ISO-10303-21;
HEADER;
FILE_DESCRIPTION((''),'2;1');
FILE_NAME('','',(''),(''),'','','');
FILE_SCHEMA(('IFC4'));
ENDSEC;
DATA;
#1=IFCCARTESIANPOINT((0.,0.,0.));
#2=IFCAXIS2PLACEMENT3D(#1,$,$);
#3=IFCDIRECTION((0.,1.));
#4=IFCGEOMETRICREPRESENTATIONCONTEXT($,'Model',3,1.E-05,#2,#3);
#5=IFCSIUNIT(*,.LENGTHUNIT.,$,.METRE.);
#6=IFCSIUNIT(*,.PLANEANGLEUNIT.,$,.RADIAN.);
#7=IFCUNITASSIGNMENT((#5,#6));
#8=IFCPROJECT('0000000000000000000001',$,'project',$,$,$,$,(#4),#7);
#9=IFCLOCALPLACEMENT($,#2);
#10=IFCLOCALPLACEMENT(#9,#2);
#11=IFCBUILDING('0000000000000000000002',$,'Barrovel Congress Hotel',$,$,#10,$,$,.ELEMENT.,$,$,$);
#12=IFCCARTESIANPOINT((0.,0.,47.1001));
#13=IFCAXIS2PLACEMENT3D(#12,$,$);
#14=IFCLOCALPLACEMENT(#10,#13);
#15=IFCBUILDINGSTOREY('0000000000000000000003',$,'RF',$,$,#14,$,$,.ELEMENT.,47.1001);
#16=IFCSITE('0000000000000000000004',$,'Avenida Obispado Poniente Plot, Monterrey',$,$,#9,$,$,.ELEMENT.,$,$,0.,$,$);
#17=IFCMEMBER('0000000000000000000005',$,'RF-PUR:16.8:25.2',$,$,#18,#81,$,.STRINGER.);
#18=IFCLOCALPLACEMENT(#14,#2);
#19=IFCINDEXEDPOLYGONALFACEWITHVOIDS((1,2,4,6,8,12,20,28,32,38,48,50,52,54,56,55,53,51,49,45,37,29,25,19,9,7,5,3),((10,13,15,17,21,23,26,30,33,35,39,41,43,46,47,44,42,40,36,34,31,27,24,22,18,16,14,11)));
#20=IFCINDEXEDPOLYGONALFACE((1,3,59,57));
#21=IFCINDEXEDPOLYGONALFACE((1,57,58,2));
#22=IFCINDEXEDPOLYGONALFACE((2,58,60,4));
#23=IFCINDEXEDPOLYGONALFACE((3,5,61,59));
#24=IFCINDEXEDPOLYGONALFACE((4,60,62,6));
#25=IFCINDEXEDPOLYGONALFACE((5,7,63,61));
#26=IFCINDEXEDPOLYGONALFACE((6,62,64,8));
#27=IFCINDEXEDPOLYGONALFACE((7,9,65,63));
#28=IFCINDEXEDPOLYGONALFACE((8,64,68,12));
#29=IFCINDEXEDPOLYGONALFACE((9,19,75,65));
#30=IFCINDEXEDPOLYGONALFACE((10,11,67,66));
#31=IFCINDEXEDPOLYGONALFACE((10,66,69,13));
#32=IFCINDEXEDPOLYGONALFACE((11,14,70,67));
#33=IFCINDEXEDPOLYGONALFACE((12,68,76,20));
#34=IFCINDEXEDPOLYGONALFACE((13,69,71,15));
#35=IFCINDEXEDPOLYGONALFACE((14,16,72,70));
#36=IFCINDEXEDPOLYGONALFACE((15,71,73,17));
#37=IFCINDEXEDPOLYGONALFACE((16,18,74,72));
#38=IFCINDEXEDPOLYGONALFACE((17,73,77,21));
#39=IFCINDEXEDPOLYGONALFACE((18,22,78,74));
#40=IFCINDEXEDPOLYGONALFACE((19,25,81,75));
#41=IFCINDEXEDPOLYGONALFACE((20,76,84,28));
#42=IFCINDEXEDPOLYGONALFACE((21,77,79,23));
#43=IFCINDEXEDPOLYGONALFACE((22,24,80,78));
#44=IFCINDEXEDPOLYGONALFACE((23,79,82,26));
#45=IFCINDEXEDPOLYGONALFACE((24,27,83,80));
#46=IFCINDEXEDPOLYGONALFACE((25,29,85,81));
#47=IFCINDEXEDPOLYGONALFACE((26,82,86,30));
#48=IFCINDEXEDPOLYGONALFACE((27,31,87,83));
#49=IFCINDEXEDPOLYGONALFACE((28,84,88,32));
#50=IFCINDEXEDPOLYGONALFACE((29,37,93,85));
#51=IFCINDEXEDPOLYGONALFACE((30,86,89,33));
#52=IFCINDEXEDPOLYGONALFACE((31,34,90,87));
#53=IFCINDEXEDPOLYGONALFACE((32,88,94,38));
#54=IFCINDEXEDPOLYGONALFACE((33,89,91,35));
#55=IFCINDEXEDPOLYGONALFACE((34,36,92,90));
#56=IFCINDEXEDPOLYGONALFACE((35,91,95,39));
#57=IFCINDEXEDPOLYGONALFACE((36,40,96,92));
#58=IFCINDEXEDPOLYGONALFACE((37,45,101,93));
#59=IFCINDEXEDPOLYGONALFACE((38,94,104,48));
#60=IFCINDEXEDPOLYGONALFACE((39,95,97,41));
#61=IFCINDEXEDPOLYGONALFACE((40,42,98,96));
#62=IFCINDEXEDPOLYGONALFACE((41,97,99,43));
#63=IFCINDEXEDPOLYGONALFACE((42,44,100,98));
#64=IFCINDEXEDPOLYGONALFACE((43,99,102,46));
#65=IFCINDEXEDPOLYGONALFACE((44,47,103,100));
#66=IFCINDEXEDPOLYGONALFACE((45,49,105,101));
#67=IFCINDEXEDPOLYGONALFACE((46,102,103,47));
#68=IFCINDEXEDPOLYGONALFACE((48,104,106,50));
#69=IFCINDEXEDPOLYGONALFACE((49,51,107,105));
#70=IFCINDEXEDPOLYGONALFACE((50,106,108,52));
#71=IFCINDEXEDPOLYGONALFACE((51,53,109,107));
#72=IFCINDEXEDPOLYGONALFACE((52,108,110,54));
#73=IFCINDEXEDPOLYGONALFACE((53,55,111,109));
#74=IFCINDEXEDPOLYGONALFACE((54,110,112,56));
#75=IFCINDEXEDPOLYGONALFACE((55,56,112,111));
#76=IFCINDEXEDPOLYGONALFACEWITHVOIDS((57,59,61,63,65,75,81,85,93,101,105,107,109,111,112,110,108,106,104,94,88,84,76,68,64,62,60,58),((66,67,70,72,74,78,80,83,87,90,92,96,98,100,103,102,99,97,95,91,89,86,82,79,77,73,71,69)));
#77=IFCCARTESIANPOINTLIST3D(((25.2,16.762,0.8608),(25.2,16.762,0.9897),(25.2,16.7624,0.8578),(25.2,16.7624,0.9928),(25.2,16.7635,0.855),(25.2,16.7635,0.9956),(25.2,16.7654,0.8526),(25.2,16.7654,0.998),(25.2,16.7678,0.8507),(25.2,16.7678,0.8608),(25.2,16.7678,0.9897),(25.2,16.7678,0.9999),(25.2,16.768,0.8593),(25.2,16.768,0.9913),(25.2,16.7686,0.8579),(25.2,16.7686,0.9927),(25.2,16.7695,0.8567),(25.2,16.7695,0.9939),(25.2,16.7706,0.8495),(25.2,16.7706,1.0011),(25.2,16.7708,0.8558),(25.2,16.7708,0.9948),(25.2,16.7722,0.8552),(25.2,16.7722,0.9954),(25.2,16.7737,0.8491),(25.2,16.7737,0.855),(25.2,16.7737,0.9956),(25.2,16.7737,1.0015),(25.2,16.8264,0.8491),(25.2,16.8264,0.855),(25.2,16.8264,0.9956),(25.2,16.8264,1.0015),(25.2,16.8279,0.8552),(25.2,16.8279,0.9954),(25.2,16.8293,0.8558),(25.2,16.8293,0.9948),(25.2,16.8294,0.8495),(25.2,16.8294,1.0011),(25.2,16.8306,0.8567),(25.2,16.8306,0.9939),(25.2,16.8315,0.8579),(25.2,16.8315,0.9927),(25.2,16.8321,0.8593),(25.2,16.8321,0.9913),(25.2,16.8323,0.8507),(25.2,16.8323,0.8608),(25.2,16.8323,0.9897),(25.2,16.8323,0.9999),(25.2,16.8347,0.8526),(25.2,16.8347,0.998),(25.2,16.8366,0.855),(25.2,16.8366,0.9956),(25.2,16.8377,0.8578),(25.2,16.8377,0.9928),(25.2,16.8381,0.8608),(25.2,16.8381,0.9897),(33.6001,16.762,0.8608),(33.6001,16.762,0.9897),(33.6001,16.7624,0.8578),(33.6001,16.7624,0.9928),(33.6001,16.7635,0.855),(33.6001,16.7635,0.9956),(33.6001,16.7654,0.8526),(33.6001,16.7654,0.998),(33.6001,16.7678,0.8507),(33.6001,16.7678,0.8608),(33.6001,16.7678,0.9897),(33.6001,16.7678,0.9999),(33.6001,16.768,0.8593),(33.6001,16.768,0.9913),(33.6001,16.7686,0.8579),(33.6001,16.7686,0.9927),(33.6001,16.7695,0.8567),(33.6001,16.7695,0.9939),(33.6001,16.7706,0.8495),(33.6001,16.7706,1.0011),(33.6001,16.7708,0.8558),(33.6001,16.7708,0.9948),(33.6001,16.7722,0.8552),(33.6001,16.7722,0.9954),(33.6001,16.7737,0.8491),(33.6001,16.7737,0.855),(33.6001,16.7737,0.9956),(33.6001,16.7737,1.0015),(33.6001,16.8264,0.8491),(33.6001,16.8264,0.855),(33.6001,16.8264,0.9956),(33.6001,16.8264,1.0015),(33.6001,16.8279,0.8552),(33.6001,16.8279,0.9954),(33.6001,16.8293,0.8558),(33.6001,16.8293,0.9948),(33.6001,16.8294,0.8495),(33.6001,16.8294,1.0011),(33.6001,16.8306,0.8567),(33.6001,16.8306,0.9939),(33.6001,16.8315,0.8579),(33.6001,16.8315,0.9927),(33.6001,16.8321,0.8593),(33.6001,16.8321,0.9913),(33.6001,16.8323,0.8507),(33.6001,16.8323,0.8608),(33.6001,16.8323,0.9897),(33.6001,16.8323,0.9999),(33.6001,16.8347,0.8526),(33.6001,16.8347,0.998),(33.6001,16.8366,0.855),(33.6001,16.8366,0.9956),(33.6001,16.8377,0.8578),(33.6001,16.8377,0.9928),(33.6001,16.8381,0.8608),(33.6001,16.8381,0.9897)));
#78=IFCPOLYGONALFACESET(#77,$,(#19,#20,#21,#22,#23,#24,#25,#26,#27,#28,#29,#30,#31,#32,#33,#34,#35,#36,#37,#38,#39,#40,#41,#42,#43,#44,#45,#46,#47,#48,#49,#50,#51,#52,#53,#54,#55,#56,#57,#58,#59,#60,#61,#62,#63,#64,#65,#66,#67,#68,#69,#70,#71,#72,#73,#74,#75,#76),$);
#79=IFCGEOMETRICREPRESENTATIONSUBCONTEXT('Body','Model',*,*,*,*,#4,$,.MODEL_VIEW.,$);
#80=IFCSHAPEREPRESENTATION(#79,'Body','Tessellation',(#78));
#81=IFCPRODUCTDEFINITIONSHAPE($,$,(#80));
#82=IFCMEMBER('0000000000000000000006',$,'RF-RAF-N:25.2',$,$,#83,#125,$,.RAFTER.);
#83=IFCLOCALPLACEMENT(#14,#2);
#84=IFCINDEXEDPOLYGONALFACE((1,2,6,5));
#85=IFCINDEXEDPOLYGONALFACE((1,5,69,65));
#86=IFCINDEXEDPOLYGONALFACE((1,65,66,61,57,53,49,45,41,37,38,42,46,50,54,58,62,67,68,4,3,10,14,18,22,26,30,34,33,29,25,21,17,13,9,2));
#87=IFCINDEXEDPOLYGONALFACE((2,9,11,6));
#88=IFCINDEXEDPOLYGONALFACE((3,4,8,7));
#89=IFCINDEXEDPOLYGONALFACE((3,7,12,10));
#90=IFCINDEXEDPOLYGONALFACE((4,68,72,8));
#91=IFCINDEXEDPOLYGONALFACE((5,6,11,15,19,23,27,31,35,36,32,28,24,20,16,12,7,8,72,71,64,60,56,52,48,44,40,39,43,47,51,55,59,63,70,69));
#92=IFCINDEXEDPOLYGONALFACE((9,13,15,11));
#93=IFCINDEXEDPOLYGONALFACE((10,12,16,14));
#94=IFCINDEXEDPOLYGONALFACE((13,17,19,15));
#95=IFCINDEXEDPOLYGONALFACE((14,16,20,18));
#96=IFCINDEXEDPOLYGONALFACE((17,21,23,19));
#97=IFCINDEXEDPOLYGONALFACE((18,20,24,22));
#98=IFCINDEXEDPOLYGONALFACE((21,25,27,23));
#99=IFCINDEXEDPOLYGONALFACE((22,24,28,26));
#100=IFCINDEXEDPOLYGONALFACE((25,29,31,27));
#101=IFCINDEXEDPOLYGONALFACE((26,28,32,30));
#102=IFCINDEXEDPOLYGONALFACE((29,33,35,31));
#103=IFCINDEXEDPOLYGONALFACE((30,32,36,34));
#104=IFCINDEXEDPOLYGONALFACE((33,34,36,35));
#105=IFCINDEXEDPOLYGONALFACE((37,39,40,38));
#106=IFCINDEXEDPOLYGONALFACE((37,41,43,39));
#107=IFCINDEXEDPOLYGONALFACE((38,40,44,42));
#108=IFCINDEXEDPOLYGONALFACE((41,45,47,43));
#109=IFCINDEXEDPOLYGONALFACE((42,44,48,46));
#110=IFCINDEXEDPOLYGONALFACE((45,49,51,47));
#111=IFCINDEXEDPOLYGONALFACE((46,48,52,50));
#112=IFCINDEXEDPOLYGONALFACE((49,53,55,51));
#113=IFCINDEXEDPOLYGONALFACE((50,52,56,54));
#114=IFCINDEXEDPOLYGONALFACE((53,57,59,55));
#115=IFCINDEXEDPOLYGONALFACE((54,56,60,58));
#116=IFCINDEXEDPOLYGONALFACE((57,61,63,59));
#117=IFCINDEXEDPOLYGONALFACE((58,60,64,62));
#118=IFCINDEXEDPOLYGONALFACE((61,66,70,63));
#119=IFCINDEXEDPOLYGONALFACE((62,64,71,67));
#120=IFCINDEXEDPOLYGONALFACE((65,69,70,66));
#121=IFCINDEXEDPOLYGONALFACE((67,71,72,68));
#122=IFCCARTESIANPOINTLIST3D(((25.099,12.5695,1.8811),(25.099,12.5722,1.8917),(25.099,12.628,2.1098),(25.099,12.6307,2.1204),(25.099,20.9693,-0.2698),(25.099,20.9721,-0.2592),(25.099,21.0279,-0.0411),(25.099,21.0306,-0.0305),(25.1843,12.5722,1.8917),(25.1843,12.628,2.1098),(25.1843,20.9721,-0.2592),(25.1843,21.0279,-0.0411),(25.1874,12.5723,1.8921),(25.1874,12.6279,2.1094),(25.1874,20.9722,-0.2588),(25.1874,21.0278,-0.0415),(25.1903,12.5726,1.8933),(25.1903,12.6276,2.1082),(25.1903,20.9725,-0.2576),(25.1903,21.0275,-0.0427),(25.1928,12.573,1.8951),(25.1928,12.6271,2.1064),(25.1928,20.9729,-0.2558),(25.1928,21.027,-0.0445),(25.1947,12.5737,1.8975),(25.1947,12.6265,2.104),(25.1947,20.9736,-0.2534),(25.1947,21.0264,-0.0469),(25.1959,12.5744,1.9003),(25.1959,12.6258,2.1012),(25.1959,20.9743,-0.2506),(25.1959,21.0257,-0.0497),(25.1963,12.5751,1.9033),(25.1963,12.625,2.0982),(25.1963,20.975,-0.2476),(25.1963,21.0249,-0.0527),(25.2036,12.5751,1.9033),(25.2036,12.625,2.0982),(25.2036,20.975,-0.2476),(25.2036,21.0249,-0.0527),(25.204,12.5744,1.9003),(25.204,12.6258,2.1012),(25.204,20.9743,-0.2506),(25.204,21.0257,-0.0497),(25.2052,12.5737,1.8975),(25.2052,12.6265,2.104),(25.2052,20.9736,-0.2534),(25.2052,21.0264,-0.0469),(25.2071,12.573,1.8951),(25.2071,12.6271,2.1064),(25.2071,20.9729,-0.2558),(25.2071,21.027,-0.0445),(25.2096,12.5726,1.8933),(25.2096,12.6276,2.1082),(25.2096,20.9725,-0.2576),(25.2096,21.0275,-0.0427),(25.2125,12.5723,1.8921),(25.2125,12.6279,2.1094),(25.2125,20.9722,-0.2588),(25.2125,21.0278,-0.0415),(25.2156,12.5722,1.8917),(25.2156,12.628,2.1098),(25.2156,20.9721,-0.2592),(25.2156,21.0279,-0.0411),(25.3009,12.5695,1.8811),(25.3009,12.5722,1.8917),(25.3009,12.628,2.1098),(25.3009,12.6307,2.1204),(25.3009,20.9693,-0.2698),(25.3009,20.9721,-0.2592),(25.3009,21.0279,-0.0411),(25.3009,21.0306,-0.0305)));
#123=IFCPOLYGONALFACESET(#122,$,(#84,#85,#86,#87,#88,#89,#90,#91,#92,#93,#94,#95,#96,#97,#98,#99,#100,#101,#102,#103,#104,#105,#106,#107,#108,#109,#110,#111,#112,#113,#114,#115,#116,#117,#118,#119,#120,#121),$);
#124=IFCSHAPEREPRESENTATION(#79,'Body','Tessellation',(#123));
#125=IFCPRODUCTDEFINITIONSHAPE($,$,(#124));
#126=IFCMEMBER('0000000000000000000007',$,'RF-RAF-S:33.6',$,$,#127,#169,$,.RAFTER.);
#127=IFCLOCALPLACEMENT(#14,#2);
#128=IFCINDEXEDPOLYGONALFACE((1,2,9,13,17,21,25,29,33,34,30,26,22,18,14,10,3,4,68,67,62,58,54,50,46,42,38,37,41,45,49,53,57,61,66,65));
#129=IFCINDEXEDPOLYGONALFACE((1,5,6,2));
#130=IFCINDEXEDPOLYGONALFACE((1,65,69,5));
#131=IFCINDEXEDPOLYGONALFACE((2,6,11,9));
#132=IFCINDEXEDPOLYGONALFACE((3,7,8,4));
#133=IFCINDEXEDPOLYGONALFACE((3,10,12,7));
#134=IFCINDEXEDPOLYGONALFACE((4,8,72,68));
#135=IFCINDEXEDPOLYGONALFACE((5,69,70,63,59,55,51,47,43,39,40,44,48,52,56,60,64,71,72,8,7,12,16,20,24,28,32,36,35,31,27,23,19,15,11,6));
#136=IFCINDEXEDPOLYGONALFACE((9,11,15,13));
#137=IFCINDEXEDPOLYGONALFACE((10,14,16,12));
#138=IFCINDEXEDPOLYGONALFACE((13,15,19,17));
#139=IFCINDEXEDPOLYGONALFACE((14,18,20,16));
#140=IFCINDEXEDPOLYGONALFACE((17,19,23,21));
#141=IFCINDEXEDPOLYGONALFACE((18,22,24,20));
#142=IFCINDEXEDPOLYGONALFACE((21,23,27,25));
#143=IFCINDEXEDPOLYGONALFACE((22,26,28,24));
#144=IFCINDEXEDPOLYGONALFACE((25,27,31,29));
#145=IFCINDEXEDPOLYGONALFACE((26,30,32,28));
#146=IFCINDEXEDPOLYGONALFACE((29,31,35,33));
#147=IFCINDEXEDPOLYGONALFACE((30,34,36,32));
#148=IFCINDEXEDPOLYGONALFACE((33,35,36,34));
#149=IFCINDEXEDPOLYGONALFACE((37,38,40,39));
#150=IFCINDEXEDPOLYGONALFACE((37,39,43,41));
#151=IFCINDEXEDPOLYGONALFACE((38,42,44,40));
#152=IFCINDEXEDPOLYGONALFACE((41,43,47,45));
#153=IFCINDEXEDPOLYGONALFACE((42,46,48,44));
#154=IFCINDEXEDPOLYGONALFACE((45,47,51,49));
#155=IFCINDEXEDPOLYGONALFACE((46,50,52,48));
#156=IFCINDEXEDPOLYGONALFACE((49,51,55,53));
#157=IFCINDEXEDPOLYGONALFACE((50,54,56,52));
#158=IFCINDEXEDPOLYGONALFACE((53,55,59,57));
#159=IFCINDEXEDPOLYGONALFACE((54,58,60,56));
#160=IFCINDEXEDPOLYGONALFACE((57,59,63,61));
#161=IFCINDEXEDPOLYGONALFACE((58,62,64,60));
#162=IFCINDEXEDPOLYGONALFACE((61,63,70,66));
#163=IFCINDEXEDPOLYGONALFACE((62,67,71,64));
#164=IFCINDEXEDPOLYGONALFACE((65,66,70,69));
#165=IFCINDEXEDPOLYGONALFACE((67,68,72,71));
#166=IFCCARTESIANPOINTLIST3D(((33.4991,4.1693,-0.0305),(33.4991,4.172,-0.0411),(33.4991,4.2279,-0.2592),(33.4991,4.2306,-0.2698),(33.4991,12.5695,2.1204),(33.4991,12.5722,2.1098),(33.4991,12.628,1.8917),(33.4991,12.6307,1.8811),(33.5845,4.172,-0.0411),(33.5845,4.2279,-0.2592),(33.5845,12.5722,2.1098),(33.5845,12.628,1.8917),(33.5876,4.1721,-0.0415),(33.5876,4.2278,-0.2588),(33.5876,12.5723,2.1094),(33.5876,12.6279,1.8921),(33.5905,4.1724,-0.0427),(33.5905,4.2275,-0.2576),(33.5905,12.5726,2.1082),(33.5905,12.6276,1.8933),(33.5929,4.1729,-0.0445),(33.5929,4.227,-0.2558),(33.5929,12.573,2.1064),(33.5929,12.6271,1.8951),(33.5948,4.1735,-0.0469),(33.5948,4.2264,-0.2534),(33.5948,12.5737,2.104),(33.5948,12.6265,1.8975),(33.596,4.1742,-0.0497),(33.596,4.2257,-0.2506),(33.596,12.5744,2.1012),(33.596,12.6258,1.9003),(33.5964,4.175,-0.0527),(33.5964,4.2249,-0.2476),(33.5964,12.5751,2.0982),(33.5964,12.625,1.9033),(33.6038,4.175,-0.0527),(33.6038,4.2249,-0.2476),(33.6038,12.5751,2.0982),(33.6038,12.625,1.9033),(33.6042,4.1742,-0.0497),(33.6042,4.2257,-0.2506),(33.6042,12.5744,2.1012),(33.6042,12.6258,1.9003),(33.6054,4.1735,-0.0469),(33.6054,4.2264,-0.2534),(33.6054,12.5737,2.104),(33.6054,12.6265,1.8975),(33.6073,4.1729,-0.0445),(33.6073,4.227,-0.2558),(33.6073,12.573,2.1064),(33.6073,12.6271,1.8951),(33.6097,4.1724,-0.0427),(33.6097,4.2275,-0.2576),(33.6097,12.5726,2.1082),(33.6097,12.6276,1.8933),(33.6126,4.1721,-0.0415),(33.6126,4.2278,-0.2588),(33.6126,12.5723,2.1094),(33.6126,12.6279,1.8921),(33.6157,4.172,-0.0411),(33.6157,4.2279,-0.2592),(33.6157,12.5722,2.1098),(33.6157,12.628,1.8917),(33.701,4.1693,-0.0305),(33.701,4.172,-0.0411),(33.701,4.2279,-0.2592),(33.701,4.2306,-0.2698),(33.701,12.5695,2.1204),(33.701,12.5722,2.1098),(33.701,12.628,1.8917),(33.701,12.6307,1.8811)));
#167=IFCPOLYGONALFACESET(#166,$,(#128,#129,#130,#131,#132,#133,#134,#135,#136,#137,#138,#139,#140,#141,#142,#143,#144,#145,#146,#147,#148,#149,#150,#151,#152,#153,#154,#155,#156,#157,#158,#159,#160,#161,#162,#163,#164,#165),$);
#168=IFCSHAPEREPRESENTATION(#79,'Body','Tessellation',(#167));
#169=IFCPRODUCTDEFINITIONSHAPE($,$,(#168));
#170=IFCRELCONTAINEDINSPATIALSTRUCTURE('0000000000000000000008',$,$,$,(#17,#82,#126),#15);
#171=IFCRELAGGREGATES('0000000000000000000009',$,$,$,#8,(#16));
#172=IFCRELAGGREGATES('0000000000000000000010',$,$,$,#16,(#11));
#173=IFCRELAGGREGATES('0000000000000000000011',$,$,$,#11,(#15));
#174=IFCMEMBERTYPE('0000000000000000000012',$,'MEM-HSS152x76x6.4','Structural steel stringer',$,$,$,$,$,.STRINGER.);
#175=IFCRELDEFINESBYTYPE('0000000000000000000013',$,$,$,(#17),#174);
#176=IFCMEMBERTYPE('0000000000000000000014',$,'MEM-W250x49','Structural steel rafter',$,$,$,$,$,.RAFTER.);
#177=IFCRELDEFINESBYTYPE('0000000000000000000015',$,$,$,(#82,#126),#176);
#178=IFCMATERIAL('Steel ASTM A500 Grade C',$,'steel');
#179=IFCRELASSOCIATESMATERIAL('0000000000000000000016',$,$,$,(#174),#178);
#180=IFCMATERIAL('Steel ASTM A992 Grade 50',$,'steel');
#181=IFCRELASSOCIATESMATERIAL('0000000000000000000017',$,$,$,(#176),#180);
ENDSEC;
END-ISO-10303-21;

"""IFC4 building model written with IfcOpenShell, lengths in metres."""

from ifc_helpers import new_model, si_unit, direction, frame, origin, origin_2d, place, context, subcontext, project, spatial, hollow_rectangle, i_section, extrude, material, material_profile, profile_set, type_object, element, save


model = new_model("IFC4")

# Units and contexts
model_context = context("Model", 3, precision=1e-05, world=origin(), true_north=direction((0.0, 1.0)))
body_context = subcontext(model_context, "Body", "Model", "MODEL_VIEW")
ifc_project = project(units=[si_unit("LENGTHUNIT", "METRE"), si_unit("PLANEANGLEUNIT", "RADIAN")], contexts=[model_context])

# Site, building, storey
site_placement = place(None, origin())
site = spatial("IfcSite", under=ifc_project, at=site_placement, Name="Avenida Obispado Poniente Plot, Monterrey", CompositionType="ELEMENT", RefElevation=0.0)
building_placement = place(site_placement, origin())
building = spatial("IfcBuilding", under=site, at=building_placement, Name="Barrovel Congress Hotel", CompositionType="ELEMENT")
storey_placement = place(building_placement, frame((0.0, 0.0, 47.1001)))
storey = spatial("IfcBuildingStorey", under=building, at=storey_placement, Name="RF", CompositionType="ELEMENT", Elevation=47.1001)

# Members
ifc_material_1 = material(Name="Steel ASTM A500 Grade C", Category="steel")
ifc_material_profile_1 = material_profile(ifc_material_1, hollow_rectangle(XDim=0.0762, YDim=0.1523, WallThickness=0.0059, InnerFilletRadius=0.0059, OuterFilletRadius=0.0117, at=origin_2d()), Name="HSS152x76x6.4")
ifc_profile_set_1 = profile_set([ifc_material_profile_1], Name="Steel ASTM A500 Grade C")
member_type_1 = type_object("IfcMemberType", Name="MEM-HSS152x76x6.4", Description="Structural steel stringer", PredefinedType="STRINGER", material=ifc_profile_set_1)
for number, where, z_axis, x_axis, name in (
    (1, (25.2, 16.8, 0.9253), (1.0, 0.0, 0.0), (0.0, 1.0, 0.0), "RF-PUR:16.8:25.2"),
):
    element("IfcMember", number, at=place(storey_placement, frame(where, z_axis=z_axis, x_axis=x_axis)), inside=storey, type_object=member_type_1, Name=name, PredefinedType="STRINGER", context=body_context, shape_type="SweptSolid", body=[
        extrude(hollow_rectangle(XDim=0.0762, YDim=0.1523, WallThickness=0.0059, InnerFilletRadius=0.0059, OuterFilletRadius=0.0117, at=origin_2d()), origin(), (0.0, 0.0, 1.0), 8.4001),
    ])
ifc_material_2 = material(Name="Steel ASTM A992 Grade 50", Category="steel")
ifc_material_profile_2 = material_profile(ifc_material_2, i_section(OverallWidth=0.2019, OverallDepth=0.2471, WebThickness=0.0073, FlangeThickness=0.011, FilletRadius=0.012, at=origin_2d()), Name="W250x49")
ifc_profile_set_2 = profile_set([ifc_material_profile_2], Name="Steel ASTM A992 Grade 50")
member_type_2 = type_object("IfcMemberType", Name="MEM-W250x49", Description="Structural steel rafter", PredefinedType="RAFTER", material=ifc_profile_set_2)
member_1_placement = place(storey_placement, frame((25.2, 12.6001, 2.0007), z_axis=(0.0, 0.968745, -0.248057), x_axis=(-1.0, 0.0, 0.0)))
element("IfcMember", 2, at=member_1_placement, inside=storey, type_object=member_type_2, Name="RF-RAF-N:25.2", PredefinedType="RAFTER", context=body_context, shape_type="SweptSolid", body=[
    extrude(i_section(OverallWidth=0.2019, OverallDepth=0.2471, WebThickness=0.0073, FlangeThickness=0.011, FilletRadius=0.012, at=origin_2d()), origin(), (0.0, 0.0, 1.0), 8.6709),
])
member_2_placement = place(storey_placement, frame((33.6001, 4.2, -0.1501), z_axis=(0.0, 0.968747, 0.24805), x_axis=(-1.0, 0.0, 0.0)))
element("IfcMember", 3, at=member_2_placement, inside=storey, type_object=member_type_2, Name="RF-RAF-S:33.6", PredefinedType="RAFTER", context=body_context, shape_type="SweptSolid", body=[
    extrude(i_section(OverallWidth=0.2019, OverallDepth=0.2471, WebThickness=0.0073, FlangeThickness=0.011, FilletRadius=0.012, at=origin_2d()), origin(), (0.0, 0.0, 1.0), 8.6711),
])

save(model, "model.ifc")
